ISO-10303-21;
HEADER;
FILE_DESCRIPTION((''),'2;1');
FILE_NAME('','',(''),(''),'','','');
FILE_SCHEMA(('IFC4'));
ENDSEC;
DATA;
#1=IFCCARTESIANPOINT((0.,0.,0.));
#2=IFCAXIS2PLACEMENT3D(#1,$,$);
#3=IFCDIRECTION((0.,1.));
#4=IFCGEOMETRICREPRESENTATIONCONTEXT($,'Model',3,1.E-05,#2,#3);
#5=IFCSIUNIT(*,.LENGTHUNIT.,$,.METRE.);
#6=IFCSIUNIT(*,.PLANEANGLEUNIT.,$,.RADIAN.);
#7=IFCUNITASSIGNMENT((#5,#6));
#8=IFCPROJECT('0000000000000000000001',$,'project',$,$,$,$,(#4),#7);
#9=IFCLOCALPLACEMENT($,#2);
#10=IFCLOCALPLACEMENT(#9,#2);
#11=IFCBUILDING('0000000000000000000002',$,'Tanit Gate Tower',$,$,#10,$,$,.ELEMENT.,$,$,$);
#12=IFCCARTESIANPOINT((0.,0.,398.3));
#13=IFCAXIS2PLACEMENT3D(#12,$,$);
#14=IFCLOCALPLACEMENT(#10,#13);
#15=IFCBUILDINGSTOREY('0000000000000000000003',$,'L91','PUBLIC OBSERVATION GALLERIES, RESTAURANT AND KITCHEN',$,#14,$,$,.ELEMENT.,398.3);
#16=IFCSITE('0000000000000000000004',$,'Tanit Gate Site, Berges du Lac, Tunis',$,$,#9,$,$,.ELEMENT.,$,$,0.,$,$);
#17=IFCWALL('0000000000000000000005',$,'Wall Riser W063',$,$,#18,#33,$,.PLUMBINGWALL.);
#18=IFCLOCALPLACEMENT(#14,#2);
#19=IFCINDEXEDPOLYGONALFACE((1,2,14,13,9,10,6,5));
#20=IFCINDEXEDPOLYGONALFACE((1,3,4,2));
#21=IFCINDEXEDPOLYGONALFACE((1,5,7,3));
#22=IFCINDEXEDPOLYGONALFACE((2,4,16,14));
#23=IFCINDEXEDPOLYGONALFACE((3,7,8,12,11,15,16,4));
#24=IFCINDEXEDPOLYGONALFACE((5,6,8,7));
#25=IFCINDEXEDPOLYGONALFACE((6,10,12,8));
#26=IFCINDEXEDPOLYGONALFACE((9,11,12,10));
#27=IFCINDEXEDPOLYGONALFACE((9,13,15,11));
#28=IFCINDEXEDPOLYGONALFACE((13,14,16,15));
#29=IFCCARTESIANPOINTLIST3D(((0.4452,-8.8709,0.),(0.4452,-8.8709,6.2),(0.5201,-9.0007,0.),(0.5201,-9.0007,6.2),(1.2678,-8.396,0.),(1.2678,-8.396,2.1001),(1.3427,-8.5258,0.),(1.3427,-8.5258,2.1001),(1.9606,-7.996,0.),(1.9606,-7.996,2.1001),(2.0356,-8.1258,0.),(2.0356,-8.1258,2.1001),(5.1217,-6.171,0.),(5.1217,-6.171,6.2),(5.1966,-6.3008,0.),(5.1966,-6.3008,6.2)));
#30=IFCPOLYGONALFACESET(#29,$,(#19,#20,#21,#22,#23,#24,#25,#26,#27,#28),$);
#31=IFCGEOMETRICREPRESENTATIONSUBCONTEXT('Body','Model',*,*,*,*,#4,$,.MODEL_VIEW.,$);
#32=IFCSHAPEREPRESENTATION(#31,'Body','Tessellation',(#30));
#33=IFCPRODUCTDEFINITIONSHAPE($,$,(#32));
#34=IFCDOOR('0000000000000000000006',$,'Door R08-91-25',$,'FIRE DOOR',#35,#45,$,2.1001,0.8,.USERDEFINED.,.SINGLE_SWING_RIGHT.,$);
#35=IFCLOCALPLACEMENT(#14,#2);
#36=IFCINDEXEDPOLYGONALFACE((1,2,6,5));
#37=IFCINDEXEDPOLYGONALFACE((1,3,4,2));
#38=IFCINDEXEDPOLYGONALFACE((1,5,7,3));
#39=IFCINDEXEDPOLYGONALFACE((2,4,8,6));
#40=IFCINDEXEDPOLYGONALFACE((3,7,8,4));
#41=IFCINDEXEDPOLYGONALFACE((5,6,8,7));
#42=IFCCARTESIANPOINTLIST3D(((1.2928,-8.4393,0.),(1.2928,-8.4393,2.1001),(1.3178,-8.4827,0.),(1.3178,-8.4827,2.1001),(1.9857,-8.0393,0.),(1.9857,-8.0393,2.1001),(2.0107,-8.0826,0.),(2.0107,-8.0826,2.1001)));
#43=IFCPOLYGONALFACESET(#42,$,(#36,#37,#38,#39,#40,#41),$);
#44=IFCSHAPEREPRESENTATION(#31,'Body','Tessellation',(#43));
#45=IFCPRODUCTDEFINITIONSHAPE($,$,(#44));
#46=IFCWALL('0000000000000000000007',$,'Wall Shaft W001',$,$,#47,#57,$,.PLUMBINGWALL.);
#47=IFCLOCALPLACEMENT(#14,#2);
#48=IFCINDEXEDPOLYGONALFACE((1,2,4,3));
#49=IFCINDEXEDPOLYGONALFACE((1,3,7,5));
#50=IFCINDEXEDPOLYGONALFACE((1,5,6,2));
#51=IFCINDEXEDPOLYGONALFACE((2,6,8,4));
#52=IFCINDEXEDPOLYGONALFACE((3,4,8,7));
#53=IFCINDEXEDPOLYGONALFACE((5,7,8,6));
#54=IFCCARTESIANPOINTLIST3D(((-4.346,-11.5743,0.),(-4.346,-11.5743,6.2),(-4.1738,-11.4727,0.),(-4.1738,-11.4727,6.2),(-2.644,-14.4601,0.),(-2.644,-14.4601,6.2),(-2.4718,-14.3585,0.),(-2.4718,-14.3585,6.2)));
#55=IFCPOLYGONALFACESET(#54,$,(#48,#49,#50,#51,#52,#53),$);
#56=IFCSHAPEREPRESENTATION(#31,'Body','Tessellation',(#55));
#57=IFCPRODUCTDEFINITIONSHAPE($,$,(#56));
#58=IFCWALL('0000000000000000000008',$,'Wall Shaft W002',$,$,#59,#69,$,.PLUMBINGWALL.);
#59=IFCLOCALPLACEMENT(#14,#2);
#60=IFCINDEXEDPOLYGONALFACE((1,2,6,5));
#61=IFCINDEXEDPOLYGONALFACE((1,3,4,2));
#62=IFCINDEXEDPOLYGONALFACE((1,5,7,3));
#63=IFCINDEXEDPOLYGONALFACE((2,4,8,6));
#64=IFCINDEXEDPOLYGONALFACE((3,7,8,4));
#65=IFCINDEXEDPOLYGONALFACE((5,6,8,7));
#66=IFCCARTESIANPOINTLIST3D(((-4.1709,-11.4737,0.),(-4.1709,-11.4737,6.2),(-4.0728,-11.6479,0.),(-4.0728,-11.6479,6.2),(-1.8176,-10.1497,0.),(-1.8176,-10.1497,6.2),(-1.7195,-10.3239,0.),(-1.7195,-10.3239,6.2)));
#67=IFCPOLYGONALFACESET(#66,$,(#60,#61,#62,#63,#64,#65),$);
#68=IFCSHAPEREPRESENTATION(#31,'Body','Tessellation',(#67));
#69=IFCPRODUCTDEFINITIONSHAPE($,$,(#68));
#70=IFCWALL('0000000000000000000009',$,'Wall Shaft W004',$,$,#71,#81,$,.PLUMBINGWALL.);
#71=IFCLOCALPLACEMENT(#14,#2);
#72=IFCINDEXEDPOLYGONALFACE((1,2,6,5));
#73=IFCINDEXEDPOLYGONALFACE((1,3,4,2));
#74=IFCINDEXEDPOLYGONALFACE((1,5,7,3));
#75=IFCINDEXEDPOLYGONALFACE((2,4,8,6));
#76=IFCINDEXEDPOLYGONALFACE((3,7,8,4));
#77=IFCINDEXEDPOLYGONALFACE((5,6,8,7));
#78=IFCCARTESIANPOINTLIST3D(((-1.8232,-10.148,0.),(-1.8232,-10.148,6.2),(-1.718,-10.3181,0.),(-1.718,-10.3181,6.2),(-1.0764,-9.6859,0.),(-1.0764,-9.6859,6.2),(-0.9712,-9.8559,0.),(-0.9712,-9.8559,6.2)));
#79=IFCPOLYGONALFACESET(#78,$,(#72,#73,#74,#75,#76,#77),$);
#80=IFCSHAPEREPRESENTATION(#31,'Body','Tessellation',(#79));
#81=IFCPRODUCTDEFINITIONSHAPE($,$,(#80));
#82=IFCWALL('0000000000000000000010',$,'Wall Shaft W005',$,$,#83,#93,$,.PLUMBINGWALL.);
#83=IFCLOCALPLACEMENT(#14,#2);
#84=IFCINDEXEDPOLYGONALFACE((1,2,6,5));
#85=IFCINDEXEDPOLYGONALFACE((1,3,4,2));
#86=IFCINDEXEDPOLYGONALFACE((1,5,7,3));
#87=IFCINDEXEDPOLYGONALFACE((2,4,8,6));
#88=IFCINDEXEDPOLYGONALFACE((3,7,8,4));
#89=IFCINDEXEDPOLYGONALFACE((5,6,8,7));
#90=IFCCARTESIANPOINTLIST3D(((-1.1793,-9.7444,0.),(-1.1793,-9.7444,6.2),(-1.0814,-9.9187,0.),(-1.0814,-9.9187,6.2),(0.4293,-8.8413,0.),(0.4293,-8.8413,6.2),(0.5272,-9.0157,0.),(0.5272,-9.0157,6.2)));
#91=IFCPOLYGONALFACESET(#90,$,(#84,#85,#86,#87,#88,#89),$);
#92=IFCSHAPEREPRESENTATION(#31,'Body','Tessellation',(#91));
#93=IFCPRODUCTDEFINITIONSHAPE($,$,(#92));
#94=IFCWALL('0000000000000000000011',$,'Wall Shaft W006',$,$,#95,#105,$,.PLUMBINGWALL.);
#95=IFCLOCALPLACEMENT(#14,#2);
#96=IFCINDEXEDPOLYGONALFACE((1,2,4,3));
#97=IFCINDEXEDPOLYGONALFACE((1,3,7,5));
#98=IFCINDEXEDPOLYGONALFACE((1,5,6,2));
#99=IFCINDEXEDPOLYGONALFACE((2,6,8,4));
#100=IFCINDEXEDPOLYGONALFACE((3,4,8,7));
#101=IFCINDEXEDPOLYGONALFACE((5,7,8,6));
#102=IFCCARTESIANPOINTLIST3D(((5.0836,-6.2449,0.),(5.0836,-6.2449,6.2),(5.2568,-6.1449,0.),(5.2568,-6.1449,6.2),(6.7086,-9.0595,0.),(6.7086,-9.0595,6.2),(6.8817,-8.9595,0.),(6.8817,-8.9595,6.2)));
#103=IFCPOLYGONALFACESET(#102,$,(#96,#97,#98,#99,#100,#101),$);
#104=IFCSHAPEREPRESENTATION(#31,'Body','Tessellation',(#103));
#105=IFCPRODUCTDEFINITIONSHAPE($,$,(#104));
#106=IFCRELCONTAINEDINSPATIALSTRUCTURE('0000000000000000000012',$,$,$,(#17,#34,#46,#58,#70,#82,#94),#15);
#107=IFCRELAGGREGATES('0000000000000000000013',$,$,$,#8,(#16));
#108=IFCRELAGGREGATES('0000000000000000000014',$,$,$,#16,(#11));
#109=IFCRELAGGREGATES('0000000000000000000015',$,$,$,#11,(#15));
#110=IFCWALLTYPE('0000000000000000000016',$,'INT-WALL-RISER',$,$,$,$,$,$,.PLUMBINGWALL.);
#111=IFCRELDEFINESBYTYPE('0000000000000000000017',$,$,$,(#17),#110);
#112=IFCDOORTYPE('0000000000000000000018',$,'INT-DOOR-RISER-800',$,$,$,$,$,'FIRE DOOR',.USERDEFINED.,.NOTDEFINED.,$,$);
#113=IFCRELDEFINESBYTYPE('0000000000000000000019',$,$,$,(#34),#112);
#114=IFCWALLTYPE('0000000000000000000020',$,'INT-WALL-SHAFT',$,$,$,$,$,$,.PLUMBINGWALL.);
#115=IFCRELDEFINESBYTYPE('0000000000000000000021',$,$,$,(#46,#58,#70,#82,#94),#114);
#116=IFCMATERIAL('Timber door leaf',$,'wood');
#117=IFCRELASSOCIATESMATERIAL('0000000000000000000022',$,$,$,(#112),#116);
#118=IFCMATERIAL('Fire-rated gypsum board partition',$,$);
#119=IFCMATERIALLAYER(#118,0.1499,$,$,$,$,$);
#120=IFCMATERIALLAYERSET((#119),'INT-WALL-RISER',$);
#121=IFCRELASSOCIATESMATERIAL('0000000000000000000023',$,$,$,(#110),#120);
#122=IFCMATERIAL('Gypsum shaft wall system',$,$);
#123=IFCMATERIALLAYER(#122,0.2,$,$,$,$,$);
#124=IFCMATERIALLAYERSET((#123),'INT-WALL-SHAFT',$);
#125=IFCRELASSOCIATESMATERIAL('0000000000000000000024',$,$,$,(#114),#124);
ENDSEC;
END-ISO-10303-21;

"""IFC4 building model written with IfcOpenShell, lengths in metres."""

from ifc_helpers import new_model, si_unit, direction, frame, frame_2d, origin, place, context, subcontext, project, spatial, rectangle, extrude, material, layer, layer_set, type_object, element, fill, save


model = new_model("IFC4")

# Units and contexts
model_context = context("Model", 3, precision=1e-05, world=origin(), true_north=direction((0.0, 1.0)))
body_context = subcontext(model_context, "Body", "Model", "MODEL_VIEW")
ifc_project = project(units=[si_unit("LENGTHUNIT", "METRE"), si_unit("PLANEANGLEUNIT", "RADIAN")], contexts=[model_context])

# Site, building, storey
site_placement = place(None, origin())
site = spatial("IfcSite", under=ifc_project, at=site_placement, Name="Tanit Gate Site, Berges du Lac, Tunis", CompositionType="ELEMENT", RefElevation=0.0)
building_placement = place(site_placement, origin())
building = spatial("IfcBuilding", under=site, at=building_placement, Name="Tanit Gate Tower", CompositionType="ELEMENT")
storey_placement = place(building_placement, frame((0.0, 0.0, 398.3)))
storey = spatial("IfcBuildingStorey", under=building, at=storey_placement, Name="L91", Description="PUBLIC OBSERVATION GALLERIES, RESTAURANT AND KITCHEN", CompositionType="ELEMENT", Elevation=398.3)

# Wall, opening, door
ifc_material_1 = material(Name="Timber door leaf", Category="wood")
door_type_1 = type_object("IfcDoorType", Name="INT-DOOR-RISER-800", ElementType="FIRE DOOR", OperationType="NOTDEFINED", PredefinedType="USERDEFINED", material=ifc_material_1)
ifc_material_2 = material(Name="Fire-rated gypsum board partition")
ifc_layer_1 = layer(ifc_material_2, 0.1499)
ifc_layer_set_1 = layer_set([ifc_layer_1], Name="INT-WALL-RISER")
wall_type_1 = type_object("IfcWallType", Name="INT-WALL-RISER", PredefinedType="PLUMBINGWALL", material=ifc_layer_set_1)
wall_1_placement = place(storey_placement, frame((0.4827, -8.9358, 0.0), z_axis=(0.0, 0.0, 1.0), x_axis=(0.866028, 0.499995, 0.0)))
wall_1 = element("IfcWall", 1, at=wall_1_placement, inside=storey, type_object=wall_type_1, Name="Wall Riser W063", PredefinedType="PLUMBINGWALL", context=body_context, shape_type="SweptSolid", body=[
    extrude(rectangle(XDim=5.3999, YDim=0.1499, at=frame_2d((2.7, 0.0))), origin(), (0.0, 0.0, 1.0), 6.2),
])
opening_1_placement = place(wall_1_placement, frame((0.95, 0.0, 0.0)))
opening_1 = element("IfcOpeningElement", 2, at=opening_1_placement, cuts=wall_1, PredefinedType="OPENING", context=body_context, shape_type="SweptSolid", body=[
    extrude(rectangle(XDim=0.8, YDim=2.1001, at=frame_2d((0.3999, 1.05))), frame((0.0, 0.085, 0.0), z_axis=(0.0, -1.0, 0.0), x_axis=(1.0, 0.0, 0.0)), (0.0, 0.0, 1.0), 0.1699),
])
door_1_placement = place(opening_1_placement, origin())
door_1 = element("IfcDoor", 3, at=door_1_placement, inside=storey, type_object=door_type_1, Name="Door R08-91-25", ObjectType="FIRE DOOR", OperationType="SINGLE_SWING_RIGHT", OverallHeight=2.1001, OverallWidth=0.8, PredefinedType="USERDEFINED", context=body_context, shape_type="SweptSolid", body=[
    extrude(rectangle(XDim=0.8, YDim=2.1001, at=frame_2d((0.3999, 1.05))), frame((0.0, 0.0249, 0.0), z_axis=(0.0, -1.0, 0.0), x_axis=(1.0, 0.0, 0.0)), (0.0, 0.0, 1.0), 0.05),
])
fill(opening_1, door_1)

# Walls
ifc_material_3 = material(Name="Gypsum shaft wall system")
ifc_layer_2 = layer(ifc_material_3, 0.2)
ifc_layer_set_2 = layer_set([ifc_layer_2], Name="INT-WALL-SHAFT")
wall_type_2 = type_object("IfcWallType", Name="INT-WALL-SHAFT", PredefinedType="PLUMBINGWALL", material=ifc_layer_set_2)
wall_2_placement = place(storey_placement, frame((-2.5579, -14.4094, 0.0), z_axis=(0.0, 0.0, 1.0), x_axis=(-0.507997, 0.861359, 0.0)))
element("IfcWall", 4, at=wall_2_placement, inside=storey, type_object=wall_type_2, Name="Wall Shaft W001", PredefinedType="PLUMBINGWALL", context=body_context, shape_type="SweptSolid", body=[
    extrude(rectangle(XDim=3.3503, YDim=0.2, at=frame_2d((1.6753, 0.0))), origin(), (0.0, 0.0, 1.0), 6.2),
])
wall_3_placement = place(storey_placement, frame((-1.7686, -10.2368, 0.0), z_axis=(0.0, 0.0, 1.0), x_axis=(-0.871534, -0.490334, 0.0)))
element("IfcWall", 5, at=wall_3_placement, inside=storey, type_object=wall_type_2, Name="Wall Shaft W002", PredefinedType="PLUMBINGWALL", context=body_context, shape_type="SweptSolid", body=[
    extrude(rectangle(XDim=2.7002, YDim=0.2, at=frame_2d((1.3501, 0.0))), origin(), (0.0, 0.0, 1.0), 6.2),
])
wall_4_placement = place(storey_placement, frame((-1.0239, -9.771, 0.0), z_axis=(0.0, 0.0, 1.0), x_axis=(-0.850348, -0.526221, 0.0)))
element("IfcWall", 6, at=wall_4_placement, inside=storey, type_object=wall_type_2, Name="Wall Shaft W004", PredefinedType="PLUMBINGWALL", context=body_context, shape_type="SweptSolid", body=[
    extrude(rectangle(XDim=0.8782, YDim=0.2, at=frame_2d((0.439, 0.0))), origin(), (0.0, 0.0, 1.0), 6.2),
])
wall_5_placement = place(storey_placement, frame((-1.1304, -9.8315, 0.0), z_axis=(0.0, 0.0, 1.0), x_axis=(0.871989, 0.489526, 0.0)))
element("IfcWall", 7, at=wall_5_placement, inside=storey, type_object=wall_type_2, Name="Wall Shaft W005", PredefinedType="PLUMBINGWALL", context=body_context, shape_type="SweptSolid", body=[
    extrude(rectangle(XDim=1.8447, YDim=0.2, at=frame_2d((0.9224, 0.0))), origin(), (0.0, 0.0, 1.0), 6.2),
])
wall_6_placement = place(storey_placement, frame((6.7952, -9.0095, 0.0), z_axis=(0.0, 0.0, 1.0), x_axis=(-0.499985, 0.866034, 0.0)))
element("IfcWall", 8, at=wall_6_placement, inside=storey, type_object=wall_type_2, Name="Wall Shaft W006", PredefinedType="PLUMBINGWALL", context=body_context, shape_type="SweptSolid", body=[
    extrude(rectangle(XDim=3.25, YDim=0.2, at=frame_2d((1.625, 0.0))), origin(), (0.0, 0.0, 1.0), 6.2),
])

save(model, "model.ifc")
